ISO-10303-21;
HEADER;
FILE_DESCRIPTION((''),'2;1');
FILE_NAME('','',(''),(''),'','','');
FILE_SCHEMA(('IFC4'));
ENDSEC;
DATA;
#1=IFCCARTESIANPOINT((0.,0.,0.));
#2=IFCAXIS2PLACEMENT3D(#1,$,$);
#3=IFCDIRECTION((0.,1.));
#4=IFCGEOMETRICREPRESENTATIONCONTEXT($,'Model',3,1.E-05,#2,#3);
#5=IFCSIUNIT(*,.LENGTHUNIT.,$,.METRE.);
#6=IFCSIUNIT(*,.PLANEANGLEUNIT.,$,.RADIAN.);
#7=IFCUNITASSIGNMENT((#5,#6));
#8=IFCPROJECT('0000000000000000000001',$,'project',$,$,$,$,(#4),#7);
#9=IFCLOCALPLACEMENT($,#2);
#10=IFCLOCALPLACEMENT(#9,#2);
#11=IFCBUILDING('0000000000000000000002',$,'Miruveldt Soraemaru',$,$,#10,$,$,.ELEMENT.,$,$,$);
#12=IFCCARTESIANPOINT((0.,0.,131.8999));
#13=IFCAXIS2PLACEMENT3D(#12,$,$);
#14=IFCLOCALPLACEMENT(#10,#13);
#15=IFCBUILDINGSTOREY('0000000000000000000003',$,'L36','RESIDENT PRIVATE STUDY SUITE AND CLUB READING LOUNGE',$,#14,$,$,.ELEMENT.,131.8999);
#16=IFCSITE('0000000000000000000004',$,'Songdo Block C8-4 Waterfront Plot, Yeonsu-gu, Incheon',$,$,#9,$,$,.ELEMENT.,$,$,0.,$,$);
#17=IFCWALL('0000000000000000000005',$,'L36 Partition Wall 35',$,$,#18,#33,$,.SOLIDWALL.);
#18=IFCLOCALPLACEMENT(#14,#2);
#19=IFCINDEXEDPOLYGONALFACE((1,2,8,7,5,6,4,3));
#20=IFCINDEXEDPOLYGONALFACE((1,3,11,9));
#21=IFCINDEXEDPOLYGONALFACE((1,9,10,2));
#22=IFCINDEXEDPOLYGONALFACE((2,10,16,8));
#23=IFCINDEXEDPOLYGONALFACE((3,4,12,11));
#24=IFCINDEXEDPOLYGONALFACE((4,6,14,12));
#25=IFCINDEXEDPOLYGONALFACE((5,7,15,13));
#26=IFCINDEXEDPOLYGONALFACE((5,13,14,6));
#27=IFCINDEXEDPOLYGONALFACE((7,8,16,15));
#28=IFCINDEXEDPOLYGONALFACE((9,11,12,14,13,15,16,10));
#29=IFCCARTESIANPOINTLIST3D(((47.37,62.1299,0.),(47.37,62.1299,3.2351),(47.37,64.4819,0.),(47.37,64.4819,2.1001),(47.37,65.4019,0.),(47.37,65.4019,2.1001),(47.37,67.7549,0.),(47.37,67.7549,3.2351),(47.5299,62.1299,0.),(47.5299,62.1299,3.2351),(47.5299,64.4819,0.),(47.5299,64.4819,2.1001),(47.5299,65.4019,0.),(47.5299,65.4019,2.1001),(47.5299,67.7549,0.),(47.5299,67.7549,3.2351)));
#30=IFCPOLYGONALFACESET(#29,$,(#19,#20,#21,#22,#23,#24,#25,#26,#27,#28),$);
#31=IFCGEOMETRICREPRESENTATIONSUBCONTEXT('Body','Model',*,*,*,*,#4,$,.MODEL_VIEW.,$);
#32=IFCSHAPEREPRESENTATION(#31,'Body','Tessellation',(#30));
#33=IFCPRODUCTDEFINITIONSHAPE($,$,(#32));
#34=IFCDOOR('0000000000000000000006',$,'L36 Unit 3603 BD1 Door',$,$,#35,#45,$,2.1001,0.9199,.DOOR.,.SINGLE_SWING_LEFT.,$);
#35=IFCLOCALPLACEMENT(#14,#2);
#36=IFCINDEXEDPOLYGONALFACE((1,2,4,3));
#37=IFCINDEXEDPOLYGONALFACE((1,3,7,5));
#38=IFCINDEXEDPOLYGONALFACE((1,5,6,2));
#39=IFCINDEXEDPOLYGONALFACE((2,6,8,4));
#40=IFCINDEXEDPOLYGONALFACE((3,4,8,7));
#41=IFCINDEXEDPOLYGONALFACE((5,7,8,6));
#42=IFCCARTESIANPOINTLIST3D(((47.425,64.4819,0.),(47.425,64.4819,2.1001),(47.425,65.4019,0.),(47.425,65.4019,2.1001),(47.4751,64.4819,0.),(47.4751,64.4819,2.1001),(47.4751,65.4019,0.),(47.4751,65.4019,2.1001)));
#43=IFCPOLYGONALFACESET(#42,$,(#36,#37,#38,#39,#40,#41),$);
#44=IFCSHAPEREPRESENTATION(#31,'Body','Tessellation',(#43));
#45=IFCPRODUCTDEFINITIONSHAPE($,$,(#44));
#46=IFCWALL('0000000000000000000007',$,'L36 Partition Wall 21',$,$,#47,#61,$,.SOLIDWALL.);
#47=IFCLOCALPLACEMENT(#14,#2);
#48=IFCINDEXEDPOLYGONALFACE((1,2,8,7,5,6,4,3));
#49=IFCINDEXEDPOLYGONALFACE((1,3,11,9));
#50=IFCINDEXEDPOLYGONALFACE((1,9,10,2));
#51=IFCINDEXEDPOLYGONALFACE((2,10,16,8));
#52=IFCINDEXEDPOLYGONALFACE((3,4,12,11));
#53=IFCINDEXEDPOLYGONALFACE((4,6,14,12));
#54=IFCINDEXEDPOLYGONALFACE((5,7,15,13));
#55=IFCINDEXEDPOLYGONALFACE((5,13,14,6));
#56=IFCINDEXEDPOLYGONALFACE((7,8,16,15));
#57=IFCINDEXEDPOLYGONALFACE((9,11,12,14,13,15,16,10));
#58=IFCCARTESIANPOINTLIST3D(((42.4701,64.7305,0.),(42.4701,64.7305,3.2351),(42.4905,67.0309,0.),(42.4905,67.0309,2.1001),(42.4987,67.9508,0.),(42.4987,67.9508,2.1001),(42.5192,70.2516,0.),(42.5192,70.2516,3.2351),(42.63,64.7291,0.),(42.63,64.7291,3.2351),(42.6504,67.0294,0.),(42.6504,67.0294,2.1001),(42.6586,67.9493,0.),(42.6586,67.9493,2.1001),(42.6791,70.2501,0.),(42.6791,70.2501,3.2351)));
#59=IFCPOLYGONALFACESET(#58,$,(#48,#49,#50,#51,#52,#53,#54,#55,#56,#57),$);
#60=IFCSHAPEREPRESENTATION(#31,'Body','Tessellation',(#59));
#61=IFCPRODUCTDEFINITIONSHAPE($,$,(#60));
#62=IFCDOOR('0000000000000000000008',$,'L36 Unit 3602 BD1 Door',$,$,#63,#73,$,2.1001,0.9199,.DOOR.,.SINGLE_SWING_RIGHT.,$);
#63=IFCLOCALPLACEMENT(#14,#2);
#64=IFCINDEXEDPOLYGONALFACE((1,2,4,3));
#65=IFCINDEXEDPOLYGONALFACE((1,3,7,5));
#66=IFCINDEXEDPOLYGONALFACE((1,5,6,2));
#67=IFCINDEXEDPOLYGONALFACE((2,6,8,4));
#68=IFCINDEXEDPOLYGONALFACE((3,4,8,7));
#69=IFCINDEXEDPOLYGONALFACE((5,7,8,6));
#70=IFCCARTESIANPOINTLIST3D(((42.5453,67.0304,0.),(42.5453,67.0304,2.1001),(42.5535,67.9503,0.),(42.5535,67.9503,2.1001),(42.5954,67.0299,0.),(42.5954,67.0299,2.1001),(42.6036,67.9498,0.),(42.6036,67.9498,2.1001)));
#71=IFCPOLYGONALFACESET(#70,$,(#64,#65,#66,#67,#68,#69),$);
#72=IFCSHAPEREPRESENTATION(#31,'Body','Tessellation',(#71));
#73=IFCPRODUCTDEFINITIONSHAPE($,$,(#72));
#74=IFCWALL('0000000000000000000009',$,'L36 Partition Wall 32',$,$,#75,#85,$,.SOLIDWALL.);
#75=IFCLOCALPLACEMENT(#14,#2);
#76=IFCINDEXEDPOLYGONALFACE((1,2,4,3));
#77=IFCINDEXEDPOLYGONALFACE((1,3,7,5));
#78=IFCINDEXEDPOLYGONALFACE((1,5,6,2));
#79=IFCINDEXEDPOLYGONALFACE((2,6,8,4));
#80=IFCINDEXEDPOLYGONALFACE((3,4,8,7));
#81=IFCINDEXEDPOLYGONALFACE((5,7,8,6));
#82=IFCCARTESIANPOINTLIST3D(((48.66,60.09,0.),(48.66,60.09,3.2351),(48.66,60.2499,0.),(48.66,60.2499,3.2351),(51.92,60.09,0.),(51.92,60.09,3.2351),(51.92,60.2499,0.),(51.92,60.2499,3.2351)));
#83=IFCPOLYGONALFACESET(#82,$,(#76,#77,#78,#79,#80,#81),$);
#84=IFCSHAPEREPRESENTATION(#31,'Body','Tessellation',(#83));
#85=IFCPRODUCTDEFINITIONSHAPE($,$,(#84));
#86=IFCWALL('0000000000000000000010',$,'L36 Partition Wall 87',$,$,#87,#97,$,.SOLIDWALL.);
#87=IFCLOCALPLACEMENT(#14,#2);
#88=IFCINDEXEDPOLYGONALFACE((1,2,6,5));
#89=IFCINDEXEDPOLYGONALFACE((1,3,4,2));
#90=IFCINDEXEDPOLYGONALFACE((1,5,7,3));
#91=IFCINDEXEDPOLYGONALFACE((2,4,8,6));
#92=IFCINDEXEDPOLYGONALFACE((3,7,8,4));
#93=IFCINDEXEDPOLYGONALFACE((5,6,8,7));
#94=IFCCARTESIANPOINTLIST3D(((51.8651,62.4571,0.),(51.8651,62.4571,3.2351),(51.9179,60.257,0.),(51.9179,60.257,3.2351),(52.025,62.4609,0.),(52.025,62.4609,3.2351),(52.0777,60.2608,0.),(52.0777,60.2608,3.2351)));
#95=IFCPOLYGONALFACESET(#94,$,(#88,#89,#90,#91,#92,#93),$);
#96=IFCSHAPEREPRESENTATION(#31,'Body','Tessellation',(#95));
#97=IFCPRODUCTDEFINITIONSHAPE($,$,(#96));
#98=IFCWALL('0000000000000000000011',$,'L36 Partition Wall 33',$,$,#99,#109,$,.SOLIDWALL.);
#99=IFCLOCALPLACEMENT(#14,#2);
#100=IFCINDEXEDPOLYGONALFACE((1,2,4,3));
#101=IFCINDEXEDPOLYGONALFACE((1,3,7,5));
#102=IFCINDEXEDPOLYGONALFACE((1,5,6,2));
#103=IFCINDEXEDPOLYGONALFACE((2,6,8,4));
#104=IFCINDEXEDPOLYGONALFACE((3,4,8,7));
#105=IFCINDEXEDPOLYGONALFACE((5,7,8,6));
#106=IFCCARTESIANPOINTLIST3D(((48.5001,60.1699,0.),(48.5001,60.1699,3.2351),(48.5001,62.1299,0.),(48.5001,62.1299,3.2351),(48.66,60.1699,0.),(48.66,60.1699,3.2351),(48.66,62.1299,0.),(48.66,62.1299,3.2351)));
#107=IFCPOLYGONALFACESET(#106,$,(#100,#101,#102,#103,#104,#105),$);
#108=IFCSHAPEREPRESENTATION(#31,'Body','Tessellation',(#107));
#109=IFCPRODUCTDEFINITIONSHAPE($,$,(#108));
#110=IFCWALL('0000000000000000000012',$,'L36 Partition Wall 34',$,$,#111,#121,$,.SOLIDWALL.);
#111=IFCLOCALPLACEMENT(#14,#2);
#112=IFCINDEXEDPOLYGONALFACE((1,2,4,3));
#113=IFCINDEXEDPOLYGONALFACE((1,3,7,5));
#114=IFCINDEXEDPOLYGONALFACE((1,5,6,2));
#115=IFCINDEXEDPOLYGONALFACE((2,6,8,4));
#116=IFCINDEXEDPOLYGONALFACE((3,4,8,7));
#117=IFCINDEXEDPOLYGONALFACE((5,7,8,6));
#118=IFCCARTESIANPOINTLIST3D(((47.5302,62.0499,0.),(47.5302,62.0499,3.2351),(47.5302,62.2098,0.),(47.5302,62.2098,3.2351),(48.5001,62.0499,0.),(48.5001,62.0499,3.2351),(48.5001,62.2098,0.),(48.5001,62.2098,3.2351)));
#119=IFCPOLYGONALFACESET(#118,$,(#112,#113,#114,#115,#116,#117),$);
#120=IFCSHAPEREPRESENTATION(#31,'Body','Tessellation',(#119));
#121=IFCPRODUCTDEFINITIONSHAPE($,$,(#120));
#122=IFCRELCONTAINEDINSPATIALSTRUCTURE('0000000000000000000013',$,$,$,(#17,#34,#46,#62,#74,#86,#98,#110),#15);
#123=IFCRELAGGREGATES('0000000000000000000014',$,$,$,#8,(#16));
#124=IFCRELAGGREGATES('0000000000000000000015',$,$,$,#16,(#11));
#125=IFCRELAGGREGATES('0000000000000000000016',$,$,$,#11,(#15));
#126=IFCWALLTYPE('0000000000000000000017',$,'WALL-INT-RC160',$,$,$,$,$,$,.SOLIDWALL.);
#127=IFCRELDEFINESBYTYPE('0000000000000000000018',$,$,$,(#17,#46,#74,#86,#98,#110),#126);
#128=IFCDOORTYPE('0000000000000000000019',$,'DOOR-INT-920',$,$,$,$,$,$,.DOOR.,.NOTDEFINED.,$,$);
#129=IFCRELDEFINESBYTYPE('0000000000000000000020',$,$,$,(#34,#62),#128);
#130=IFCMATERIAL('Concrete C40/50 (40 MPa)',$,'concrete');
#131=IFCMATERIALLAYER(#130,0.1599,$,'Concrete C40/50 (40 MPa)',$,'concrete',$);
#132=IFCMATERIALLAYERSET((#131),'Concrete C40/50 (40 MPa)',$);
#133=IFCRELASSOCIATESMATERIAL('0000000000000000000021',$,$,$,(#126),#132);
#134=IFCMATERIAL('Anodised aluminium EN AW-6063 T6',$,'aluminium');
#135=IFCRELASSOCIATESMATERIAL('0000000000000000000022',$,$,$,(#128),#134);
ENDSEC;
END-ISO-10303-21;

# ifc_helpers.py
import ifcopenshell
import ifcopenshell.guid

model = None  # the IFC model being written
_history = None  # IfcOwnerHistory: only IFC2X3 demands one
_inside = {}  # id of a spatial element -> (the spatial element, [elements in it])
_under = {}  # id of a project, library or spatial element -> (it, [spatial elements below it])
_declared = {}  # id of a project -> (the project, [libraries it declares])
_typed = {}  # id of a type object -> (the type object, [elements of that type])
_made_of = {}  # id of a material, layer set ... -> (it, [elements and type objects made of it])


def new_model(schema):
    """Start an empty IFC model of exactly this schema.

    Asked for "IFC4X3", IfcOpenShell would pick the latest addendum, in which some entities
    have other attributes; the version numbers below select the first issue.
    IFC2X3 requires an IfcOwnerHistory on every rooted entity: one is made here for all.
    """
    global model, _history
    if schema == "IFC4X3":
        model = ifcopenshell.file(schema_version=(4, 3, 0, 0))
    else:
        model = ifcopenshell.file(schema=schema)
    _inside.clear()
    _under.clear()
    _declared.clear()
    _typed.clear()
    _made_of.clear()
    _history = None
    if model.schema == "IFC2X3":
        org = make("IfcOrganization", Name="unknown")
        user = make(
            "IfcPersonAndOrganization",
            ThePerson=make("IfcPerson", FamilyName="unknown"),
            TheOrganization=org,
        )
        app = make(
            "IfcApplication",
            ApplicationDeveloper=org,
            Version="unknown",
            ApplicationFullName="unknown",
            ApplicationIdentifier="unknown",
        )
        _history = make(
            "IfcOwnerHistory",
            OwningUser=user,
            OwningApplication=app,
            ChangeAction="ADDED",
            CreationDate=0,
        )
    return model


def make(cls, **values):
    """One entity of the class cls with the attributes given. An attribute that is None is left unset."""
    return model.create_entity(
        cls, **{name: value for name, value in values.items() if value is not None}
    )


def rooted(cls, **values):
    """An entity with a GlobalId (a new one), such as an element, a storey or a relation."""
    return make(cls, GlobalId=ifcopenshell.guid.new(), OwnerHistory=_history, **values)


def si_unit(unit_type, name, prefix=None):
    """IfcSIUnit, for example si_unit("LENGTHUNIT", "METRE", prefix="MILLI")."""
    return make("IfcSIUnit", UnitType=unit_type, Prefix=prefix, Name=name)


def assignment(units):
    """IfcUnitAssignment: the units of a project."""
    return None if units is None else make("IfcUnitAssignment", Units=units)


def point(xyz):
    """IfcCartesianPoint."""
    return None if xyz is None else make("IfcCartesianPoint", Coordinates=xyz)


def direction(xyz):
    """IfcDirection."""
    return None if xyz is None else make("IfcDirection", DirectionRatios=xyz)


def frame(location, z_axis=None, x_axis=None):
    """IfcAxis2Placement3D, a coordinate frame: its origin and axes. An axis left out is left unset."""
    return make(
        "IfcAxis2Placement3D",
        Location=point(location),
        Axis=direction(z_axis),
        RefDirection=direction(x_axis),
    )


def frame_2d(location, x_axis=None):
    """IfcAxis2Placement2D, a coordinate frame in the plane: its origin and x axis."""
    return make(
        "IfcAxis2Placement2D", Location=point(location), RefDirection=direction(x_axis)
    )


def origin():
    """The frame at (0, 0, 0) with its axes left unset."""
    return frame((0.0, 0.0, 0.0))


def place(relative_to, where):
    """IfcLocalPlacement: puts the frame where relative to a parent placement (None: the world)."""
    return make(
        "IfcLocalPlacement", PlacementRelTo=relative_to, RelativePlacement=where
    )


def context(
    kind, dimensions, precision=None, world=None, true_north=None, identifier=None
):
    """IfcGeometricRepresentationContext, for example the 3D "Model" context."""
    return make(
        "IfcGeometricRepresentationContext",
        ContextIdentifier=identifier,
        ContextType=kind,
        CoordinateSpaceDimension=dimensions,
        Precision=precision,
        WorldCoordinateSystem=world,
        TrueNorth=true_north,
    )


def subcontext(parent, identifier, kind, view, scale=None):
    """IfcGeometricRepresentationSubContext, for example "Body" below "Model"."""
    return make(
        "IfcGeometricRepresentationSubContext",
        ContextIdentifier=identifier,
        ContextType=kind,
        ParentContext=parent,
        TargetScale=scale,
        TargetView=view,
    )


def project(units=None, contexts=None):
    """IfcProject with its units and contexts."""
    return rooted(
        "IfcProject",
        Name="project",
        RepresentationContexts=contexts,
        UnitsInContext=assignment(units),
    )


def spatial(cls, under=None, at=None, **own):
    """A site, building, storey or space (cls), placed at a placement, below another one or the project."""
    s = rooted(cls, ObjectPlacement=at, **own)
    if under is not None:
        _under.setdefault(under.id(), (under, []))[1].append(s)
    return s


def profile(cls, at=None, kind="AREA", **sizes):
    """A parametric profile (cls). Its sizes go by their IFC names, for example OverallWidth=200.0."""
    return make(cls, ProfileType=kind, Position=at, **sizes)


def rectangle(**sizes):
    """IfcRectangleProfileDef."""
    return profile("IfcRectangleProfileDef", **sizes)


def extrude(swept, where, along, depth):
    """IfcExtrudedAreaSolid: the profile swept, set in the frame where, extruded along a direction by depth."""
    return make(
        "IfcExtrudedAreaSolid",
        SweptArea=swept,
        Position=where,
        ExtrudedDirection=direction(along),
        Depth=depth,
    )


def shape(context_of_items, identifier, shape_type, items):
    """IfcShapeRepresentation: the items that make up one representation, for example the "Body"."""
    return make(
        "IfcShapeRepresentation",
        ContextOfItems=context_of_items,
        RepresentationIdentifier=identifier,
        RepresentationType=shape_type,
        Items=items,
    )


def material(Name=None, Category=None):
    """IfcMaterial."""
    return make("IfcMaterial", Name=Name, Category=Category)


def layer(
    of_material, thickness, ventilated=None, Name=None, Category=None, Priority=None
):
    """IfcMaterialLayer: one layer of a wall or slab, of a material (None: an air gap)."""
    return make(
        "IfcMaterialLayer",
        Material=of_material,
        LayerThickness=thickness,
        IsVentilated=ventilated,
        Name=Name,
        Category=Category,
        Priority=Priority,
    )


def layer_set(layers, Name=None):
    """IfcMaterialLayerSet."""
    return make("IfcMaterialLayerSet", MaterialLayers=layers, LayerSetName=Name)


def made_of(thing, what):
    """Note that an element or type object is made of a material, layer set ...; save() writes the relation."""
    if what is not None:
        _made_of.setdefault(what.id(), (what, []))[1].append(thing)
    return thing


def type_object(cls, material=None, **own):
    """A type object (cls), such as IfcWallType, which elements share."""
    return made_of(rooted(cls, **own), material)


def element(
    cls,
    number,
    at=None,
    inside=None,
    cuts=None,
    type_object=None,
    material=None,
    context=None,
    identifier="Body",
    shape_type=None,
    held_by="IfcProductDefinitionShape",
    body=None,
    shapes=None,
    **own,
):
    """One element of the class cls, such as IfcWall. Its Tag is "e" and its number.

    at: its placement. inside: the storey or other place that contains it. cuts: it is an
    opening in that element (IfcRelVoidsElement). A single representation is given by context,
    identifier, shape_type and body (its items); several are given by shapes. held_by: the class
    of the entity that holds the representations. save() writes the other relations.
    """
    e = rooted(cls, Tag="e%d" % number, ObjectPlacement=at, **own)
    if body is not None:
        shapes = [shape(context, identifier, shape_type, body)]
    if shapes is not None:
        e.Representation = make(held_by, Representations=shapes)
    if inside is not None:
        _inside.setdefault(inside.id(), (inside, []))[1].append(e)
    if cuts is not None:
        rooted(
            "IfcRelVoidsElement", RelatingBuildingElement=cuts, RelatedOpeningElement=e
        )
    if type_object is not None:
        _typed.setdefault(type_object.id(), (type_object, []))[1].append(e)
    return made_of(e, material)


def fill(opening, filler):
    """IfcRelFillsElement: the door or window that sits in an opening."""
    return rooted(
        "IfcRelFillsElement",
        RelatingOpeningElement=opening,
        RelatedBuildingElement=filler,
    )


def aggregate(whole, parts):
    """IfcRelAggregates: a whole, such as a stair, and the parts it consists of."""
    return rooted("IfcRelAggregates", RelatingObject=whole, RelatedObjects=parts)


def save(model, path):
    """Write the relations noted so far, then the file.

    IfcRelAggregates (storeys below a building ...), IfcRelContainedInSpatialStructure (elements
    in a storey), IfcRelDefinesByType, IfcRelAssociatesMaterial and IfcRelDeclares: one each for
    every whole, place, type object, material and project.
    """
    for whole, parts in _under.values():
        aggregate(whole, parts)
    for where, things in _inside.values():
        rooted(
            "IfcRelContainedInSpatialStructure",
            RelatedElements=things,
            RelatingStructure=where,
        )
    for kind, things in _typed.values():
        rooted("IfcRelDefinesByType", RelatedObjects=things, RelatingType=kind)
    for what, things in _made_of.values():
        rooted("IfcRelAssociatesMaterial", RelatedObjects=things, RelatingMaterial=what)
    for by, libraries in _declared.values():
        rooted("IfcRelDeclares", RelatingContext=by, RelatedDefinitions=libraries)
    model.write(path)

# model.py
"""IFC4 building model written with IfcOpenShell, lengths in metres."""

from ifc_helpers import new_model, si_unit, direction, frame, frame_2d, origin, place, context, subcontext, project, spatial, rectangle, extrude, material, layer, layer_set, type_object, element, fill, save


model = new_model("IFC4")

# Units and contexts
model_context = context("Model", 3, precision=1e-05, world=origin(), true_north=direction((0.0, 1.0)))
body_context = subcontext(model_context, "Body", "Model", "MODEL_VIEW")
ifc_project = project(units=[si_unit("LENGTHUNIT", "METRE"), si_unit("PLANEANGLEUNIT", "RADIAN")], contexts=[model_context])

# Site, building, storey
site_placement = place(None, origin())
site = spatial("IfcSite", under=ifc_project, at=site_placement, Name="Songdo Block C8-4 Waterfront Plot, Yeonsu-gu, Incheon", CompositionType="ELEMENT", RefElevation=0.0)
building_placement = place(site_placement, origin())
building = spatial("IfcBuilding", under=site, at=building_placement, Name="Miruveldt Soraemaru", CompositionType="ELEMENT")
storey_placement = place(building_placement, frame((0.0, 0.0, 131.8999)))
storey = spatial("IfcBuildingStorey", under=building, at=storey_placement, Name="L36", Description="RESIDENT PRIVATE STUDY SUITE AND CLUB READING LOUNGE", CompositionType="ELEMENT", Elevation=131.8999)

# Shared definitions
ifc_material_1 = material(Name="Anodised aluminium EN AW-6063 T6", Category="aluminium")

# Walls, openings, doors
ifc_material_2 = material(Name="Concrete C40/50 (40 MPa)", Category="concrete")
ifc_layer_1 = layer(ifc_material_2, 0.1599, Name="Concrete C40/50 (40 MPa)", Category="concrete")
ifc_layer_set_1 = layer_set([ifc_layer_1], Name="Concrete C40/50 (40 MPa)")
wall_type_1 = type_object("IfcWallType", Name="WALL-INT-RC160", PredefinedType="SOLIDWALL", material=ifc_layer_set_1)
wall_1_placement = place(storey_placement, frame((47.45, 62.1299, 0.0), z_axis=(0.0, 0.0, 1.0), x_axis=(0.0, 1.0, 0.0)))
wall_1 = element("IfcWall", 1, at=wall_1_placement, inside=storey, type_object=wall_type_1, Name="L36 Partition Wall 35", PredefinedType="SOLIDWALL", context=body_context, shape_type="SweptSolid", body=[
    extrude(rectangle(XDim=5.625, YDim=0.1599, at=frame_2d((2.8125, 0.0))), origin(), (0.0, 0.0, 1.0), 3.2351),
])
opening_1_placement = place(wall_1_placement, frame((2.3521, 0.0, 0.0)))
opening_1 = element("IfcOpeningElement", 2, at=opening_1_placement, cuts=wall_1, PredefinedType="OPENING", context=body_context, shape_type="SweptSolid", body=[
    extrude(rectangle(XDim=0.9199, YDim=2.1001, at=frame_2d((0.46, 1.05))), frame((0.0, 0.0898, 0.0), z_axis=(0.0, -1.0, 0.0), x_axis=(1.0, 0.0, 0.0)), (0.0, 0.0, 1.0), 0.1799),
])
door_type = type_object("IfcDoorType", Name="DOOR-INT-920", OperationType="NOTDEFINED", PredefinedType="DOOR", material=ifc_material_1)
door_1_placement = place(opening_1_placement, origin())
door_1 = element("IfcDoor", 3, at=door_1_placement, inside=storey, type_object=door_type, Name="L36 Unit 3603 BD1 Door", OperationType="SINGLE_SWING_LEFT", OverallHeight=2.1001, OverallWidth=0.9199, PredefinedType="DOOR", context=body_context, shape_type="SweptSolid", body=[
    extrude(rectangle(XDim=0.9199, YDim=2.1001, at=frame_2d((0.46, 1.05))), frame((0.0, 0.0249, 0.0), z_axis=(0.0, -1.0, 0.0), x_axis=(1.0, 0.0, 0.0)), (0.0, 0.0, 1.0), 0.05),
])
fill(opening_1, door_1)
wall_2_placement = place(storey_placement, frame((42.5991, 70.251, 0.0), z_axis=(0.0, 0.0, 1.0), x_axis=(-0.008888, -0.999961, 0.0)))
wall_2 = element("IfcWall", 4, at=wall_2_placement, inside=storey, type_object=wall_type_1, Name="L36 Partition Wall 21", PredefinedType="SOLIDWALL", context=body_context, shape_type="SweptSolid", body=[
    extrude(rectangle(XDim=5.5212, YDim=0.1599, at=frame_2d((2.7607, 0.0))), origin(), (0.0, 0.0, 1.0), 3.2351),
])
opening_2_placement = place(wall_2_placement, frame((2.301, 0.0, 0.0)))
opening_2 = element("IfcOpeningElement", 5, at=opening_2_placement, cuts=wall_2, PredefinedType="OPENING", context=body_context, shape_type="SweptSolid", body=[
    extrude(rectangle(XDim=0.9199, YDim=2.1001, at=frame_2d((0.46, 1.05))), frame((0.0, 0.0898, 0.0), z_axis=(0.0, -1.0, 0.0), x_axis=(1.0, 0.0, 0.0)), (0.0, 0.0, 1.0), 0.1799),
])
door_2_placement = place(opening_2_placement, origin())
door_2 = element("IfcDoor", 6, at=door_2_placement, inside=storey, type_object=door_type, Name="L36 Unit 3602 BD1 Door", OperationType="SINGLE_SWING_RIGHT", OverallHeight=2.1001, OverallWidth=0.9199, PredefinedType="DOOR", context=body_context, shape_type="SweptSolid", body=[
    extrude(rectangle(XDim=0.9199, YDim=2.1001, at=frame_2d((0.46, 1.05))), frame((0.0, 0.0249, 0.0), z_axis=(0.0, -1.0, 0.0), x_axis=(1.0, 0.0, 0.0)), (0.0, 0.0, 1.0), 0.05),
])
fill(opening_2, door_2)

# Walls
wall_3_placement = place(storey_placement, frame((51.9199, 60.1699, 0.0), z_axis=(0.0, 0.0, 1.0), x_axis=(-1.0, 0.0, 0.0)))
element("IfcWall", 7, at=wall_3_placement, inside=storey, type_object=wall_type_1, Name="L36 Partition Wall 32", PredefinedType="SOLIDWALL", context=body_context, shape_type="SweptSolid", body=[
    extrude(rectangle(XDim=3.26, YDim=0.1599, at=frame_2d((1.6299, 0.0))), origin(), (0.0, 0.0, 1.0), 3.2351),
])
wall_4_placement = place(storey_placement, frame((51.9451, 62.459, 0.0), z_axis=(0.0, 0.0, 1.0), x_axis=(0.023964, -0.999713, 0.0)))
element("IfcWall", 8, at=wall_4_placement, inside=storey, type_object=wall_type_1, Name="L36 Partition Wall 87", PredefinedType="SOLIDWALL", context=body_context, shape_type="SweptSolid", body=[
    extrude(rectangle(XDim=2.2007, YDim=0.1599, at=frame_2d((1.1003, 0.0))), origin(), (0.0, 0.0, 1.0), 3.2351),
])
wall_5_placement = place(storey_placement, frame((48.5801, 60.1699, 0.0), z_axis=(0.0, 0.0, 1.0), x_axis=(0.0, 1.0, 0.0)))
element("IfcWall", 9, at=wall_5_placement, inside=storey, type_object=wall_type_1, Name="L36 Partition Wall 33", PredefinedType="SOLIDWALL", context=body_context, shape_type="SweptSolid", body=[
    extrude(rectangle(XDim=1.96, YDim=0.1599, at=frame_2d((0.98, 0.0))), origin(), (0.0, 0.0, 1.0), 3.2351),
])
wall_6_placement = place(storey_placement, frame((48.5, 62.1299, 0.0), z_axis=(0.0, 0.0, 1.0), x_axis=(-1.0, 0.0, 0.0)))
element("IfcWall", 10, at=wall_6_placement, inside=storey, type_object=wall_type_1, Name="L36 Partition Wall 34", PredefinedType="SOLIDWALL", context=body_context, shape_type="SweptSolid", body=[
    extrude(rectangle(XDim=0.97, YDim=0.1599, at=frame_2d((0.4849, 0.0))), origin(), (0.0, 0.0, 1.0), 3.2351),
])

save(model, "model.ifc")
